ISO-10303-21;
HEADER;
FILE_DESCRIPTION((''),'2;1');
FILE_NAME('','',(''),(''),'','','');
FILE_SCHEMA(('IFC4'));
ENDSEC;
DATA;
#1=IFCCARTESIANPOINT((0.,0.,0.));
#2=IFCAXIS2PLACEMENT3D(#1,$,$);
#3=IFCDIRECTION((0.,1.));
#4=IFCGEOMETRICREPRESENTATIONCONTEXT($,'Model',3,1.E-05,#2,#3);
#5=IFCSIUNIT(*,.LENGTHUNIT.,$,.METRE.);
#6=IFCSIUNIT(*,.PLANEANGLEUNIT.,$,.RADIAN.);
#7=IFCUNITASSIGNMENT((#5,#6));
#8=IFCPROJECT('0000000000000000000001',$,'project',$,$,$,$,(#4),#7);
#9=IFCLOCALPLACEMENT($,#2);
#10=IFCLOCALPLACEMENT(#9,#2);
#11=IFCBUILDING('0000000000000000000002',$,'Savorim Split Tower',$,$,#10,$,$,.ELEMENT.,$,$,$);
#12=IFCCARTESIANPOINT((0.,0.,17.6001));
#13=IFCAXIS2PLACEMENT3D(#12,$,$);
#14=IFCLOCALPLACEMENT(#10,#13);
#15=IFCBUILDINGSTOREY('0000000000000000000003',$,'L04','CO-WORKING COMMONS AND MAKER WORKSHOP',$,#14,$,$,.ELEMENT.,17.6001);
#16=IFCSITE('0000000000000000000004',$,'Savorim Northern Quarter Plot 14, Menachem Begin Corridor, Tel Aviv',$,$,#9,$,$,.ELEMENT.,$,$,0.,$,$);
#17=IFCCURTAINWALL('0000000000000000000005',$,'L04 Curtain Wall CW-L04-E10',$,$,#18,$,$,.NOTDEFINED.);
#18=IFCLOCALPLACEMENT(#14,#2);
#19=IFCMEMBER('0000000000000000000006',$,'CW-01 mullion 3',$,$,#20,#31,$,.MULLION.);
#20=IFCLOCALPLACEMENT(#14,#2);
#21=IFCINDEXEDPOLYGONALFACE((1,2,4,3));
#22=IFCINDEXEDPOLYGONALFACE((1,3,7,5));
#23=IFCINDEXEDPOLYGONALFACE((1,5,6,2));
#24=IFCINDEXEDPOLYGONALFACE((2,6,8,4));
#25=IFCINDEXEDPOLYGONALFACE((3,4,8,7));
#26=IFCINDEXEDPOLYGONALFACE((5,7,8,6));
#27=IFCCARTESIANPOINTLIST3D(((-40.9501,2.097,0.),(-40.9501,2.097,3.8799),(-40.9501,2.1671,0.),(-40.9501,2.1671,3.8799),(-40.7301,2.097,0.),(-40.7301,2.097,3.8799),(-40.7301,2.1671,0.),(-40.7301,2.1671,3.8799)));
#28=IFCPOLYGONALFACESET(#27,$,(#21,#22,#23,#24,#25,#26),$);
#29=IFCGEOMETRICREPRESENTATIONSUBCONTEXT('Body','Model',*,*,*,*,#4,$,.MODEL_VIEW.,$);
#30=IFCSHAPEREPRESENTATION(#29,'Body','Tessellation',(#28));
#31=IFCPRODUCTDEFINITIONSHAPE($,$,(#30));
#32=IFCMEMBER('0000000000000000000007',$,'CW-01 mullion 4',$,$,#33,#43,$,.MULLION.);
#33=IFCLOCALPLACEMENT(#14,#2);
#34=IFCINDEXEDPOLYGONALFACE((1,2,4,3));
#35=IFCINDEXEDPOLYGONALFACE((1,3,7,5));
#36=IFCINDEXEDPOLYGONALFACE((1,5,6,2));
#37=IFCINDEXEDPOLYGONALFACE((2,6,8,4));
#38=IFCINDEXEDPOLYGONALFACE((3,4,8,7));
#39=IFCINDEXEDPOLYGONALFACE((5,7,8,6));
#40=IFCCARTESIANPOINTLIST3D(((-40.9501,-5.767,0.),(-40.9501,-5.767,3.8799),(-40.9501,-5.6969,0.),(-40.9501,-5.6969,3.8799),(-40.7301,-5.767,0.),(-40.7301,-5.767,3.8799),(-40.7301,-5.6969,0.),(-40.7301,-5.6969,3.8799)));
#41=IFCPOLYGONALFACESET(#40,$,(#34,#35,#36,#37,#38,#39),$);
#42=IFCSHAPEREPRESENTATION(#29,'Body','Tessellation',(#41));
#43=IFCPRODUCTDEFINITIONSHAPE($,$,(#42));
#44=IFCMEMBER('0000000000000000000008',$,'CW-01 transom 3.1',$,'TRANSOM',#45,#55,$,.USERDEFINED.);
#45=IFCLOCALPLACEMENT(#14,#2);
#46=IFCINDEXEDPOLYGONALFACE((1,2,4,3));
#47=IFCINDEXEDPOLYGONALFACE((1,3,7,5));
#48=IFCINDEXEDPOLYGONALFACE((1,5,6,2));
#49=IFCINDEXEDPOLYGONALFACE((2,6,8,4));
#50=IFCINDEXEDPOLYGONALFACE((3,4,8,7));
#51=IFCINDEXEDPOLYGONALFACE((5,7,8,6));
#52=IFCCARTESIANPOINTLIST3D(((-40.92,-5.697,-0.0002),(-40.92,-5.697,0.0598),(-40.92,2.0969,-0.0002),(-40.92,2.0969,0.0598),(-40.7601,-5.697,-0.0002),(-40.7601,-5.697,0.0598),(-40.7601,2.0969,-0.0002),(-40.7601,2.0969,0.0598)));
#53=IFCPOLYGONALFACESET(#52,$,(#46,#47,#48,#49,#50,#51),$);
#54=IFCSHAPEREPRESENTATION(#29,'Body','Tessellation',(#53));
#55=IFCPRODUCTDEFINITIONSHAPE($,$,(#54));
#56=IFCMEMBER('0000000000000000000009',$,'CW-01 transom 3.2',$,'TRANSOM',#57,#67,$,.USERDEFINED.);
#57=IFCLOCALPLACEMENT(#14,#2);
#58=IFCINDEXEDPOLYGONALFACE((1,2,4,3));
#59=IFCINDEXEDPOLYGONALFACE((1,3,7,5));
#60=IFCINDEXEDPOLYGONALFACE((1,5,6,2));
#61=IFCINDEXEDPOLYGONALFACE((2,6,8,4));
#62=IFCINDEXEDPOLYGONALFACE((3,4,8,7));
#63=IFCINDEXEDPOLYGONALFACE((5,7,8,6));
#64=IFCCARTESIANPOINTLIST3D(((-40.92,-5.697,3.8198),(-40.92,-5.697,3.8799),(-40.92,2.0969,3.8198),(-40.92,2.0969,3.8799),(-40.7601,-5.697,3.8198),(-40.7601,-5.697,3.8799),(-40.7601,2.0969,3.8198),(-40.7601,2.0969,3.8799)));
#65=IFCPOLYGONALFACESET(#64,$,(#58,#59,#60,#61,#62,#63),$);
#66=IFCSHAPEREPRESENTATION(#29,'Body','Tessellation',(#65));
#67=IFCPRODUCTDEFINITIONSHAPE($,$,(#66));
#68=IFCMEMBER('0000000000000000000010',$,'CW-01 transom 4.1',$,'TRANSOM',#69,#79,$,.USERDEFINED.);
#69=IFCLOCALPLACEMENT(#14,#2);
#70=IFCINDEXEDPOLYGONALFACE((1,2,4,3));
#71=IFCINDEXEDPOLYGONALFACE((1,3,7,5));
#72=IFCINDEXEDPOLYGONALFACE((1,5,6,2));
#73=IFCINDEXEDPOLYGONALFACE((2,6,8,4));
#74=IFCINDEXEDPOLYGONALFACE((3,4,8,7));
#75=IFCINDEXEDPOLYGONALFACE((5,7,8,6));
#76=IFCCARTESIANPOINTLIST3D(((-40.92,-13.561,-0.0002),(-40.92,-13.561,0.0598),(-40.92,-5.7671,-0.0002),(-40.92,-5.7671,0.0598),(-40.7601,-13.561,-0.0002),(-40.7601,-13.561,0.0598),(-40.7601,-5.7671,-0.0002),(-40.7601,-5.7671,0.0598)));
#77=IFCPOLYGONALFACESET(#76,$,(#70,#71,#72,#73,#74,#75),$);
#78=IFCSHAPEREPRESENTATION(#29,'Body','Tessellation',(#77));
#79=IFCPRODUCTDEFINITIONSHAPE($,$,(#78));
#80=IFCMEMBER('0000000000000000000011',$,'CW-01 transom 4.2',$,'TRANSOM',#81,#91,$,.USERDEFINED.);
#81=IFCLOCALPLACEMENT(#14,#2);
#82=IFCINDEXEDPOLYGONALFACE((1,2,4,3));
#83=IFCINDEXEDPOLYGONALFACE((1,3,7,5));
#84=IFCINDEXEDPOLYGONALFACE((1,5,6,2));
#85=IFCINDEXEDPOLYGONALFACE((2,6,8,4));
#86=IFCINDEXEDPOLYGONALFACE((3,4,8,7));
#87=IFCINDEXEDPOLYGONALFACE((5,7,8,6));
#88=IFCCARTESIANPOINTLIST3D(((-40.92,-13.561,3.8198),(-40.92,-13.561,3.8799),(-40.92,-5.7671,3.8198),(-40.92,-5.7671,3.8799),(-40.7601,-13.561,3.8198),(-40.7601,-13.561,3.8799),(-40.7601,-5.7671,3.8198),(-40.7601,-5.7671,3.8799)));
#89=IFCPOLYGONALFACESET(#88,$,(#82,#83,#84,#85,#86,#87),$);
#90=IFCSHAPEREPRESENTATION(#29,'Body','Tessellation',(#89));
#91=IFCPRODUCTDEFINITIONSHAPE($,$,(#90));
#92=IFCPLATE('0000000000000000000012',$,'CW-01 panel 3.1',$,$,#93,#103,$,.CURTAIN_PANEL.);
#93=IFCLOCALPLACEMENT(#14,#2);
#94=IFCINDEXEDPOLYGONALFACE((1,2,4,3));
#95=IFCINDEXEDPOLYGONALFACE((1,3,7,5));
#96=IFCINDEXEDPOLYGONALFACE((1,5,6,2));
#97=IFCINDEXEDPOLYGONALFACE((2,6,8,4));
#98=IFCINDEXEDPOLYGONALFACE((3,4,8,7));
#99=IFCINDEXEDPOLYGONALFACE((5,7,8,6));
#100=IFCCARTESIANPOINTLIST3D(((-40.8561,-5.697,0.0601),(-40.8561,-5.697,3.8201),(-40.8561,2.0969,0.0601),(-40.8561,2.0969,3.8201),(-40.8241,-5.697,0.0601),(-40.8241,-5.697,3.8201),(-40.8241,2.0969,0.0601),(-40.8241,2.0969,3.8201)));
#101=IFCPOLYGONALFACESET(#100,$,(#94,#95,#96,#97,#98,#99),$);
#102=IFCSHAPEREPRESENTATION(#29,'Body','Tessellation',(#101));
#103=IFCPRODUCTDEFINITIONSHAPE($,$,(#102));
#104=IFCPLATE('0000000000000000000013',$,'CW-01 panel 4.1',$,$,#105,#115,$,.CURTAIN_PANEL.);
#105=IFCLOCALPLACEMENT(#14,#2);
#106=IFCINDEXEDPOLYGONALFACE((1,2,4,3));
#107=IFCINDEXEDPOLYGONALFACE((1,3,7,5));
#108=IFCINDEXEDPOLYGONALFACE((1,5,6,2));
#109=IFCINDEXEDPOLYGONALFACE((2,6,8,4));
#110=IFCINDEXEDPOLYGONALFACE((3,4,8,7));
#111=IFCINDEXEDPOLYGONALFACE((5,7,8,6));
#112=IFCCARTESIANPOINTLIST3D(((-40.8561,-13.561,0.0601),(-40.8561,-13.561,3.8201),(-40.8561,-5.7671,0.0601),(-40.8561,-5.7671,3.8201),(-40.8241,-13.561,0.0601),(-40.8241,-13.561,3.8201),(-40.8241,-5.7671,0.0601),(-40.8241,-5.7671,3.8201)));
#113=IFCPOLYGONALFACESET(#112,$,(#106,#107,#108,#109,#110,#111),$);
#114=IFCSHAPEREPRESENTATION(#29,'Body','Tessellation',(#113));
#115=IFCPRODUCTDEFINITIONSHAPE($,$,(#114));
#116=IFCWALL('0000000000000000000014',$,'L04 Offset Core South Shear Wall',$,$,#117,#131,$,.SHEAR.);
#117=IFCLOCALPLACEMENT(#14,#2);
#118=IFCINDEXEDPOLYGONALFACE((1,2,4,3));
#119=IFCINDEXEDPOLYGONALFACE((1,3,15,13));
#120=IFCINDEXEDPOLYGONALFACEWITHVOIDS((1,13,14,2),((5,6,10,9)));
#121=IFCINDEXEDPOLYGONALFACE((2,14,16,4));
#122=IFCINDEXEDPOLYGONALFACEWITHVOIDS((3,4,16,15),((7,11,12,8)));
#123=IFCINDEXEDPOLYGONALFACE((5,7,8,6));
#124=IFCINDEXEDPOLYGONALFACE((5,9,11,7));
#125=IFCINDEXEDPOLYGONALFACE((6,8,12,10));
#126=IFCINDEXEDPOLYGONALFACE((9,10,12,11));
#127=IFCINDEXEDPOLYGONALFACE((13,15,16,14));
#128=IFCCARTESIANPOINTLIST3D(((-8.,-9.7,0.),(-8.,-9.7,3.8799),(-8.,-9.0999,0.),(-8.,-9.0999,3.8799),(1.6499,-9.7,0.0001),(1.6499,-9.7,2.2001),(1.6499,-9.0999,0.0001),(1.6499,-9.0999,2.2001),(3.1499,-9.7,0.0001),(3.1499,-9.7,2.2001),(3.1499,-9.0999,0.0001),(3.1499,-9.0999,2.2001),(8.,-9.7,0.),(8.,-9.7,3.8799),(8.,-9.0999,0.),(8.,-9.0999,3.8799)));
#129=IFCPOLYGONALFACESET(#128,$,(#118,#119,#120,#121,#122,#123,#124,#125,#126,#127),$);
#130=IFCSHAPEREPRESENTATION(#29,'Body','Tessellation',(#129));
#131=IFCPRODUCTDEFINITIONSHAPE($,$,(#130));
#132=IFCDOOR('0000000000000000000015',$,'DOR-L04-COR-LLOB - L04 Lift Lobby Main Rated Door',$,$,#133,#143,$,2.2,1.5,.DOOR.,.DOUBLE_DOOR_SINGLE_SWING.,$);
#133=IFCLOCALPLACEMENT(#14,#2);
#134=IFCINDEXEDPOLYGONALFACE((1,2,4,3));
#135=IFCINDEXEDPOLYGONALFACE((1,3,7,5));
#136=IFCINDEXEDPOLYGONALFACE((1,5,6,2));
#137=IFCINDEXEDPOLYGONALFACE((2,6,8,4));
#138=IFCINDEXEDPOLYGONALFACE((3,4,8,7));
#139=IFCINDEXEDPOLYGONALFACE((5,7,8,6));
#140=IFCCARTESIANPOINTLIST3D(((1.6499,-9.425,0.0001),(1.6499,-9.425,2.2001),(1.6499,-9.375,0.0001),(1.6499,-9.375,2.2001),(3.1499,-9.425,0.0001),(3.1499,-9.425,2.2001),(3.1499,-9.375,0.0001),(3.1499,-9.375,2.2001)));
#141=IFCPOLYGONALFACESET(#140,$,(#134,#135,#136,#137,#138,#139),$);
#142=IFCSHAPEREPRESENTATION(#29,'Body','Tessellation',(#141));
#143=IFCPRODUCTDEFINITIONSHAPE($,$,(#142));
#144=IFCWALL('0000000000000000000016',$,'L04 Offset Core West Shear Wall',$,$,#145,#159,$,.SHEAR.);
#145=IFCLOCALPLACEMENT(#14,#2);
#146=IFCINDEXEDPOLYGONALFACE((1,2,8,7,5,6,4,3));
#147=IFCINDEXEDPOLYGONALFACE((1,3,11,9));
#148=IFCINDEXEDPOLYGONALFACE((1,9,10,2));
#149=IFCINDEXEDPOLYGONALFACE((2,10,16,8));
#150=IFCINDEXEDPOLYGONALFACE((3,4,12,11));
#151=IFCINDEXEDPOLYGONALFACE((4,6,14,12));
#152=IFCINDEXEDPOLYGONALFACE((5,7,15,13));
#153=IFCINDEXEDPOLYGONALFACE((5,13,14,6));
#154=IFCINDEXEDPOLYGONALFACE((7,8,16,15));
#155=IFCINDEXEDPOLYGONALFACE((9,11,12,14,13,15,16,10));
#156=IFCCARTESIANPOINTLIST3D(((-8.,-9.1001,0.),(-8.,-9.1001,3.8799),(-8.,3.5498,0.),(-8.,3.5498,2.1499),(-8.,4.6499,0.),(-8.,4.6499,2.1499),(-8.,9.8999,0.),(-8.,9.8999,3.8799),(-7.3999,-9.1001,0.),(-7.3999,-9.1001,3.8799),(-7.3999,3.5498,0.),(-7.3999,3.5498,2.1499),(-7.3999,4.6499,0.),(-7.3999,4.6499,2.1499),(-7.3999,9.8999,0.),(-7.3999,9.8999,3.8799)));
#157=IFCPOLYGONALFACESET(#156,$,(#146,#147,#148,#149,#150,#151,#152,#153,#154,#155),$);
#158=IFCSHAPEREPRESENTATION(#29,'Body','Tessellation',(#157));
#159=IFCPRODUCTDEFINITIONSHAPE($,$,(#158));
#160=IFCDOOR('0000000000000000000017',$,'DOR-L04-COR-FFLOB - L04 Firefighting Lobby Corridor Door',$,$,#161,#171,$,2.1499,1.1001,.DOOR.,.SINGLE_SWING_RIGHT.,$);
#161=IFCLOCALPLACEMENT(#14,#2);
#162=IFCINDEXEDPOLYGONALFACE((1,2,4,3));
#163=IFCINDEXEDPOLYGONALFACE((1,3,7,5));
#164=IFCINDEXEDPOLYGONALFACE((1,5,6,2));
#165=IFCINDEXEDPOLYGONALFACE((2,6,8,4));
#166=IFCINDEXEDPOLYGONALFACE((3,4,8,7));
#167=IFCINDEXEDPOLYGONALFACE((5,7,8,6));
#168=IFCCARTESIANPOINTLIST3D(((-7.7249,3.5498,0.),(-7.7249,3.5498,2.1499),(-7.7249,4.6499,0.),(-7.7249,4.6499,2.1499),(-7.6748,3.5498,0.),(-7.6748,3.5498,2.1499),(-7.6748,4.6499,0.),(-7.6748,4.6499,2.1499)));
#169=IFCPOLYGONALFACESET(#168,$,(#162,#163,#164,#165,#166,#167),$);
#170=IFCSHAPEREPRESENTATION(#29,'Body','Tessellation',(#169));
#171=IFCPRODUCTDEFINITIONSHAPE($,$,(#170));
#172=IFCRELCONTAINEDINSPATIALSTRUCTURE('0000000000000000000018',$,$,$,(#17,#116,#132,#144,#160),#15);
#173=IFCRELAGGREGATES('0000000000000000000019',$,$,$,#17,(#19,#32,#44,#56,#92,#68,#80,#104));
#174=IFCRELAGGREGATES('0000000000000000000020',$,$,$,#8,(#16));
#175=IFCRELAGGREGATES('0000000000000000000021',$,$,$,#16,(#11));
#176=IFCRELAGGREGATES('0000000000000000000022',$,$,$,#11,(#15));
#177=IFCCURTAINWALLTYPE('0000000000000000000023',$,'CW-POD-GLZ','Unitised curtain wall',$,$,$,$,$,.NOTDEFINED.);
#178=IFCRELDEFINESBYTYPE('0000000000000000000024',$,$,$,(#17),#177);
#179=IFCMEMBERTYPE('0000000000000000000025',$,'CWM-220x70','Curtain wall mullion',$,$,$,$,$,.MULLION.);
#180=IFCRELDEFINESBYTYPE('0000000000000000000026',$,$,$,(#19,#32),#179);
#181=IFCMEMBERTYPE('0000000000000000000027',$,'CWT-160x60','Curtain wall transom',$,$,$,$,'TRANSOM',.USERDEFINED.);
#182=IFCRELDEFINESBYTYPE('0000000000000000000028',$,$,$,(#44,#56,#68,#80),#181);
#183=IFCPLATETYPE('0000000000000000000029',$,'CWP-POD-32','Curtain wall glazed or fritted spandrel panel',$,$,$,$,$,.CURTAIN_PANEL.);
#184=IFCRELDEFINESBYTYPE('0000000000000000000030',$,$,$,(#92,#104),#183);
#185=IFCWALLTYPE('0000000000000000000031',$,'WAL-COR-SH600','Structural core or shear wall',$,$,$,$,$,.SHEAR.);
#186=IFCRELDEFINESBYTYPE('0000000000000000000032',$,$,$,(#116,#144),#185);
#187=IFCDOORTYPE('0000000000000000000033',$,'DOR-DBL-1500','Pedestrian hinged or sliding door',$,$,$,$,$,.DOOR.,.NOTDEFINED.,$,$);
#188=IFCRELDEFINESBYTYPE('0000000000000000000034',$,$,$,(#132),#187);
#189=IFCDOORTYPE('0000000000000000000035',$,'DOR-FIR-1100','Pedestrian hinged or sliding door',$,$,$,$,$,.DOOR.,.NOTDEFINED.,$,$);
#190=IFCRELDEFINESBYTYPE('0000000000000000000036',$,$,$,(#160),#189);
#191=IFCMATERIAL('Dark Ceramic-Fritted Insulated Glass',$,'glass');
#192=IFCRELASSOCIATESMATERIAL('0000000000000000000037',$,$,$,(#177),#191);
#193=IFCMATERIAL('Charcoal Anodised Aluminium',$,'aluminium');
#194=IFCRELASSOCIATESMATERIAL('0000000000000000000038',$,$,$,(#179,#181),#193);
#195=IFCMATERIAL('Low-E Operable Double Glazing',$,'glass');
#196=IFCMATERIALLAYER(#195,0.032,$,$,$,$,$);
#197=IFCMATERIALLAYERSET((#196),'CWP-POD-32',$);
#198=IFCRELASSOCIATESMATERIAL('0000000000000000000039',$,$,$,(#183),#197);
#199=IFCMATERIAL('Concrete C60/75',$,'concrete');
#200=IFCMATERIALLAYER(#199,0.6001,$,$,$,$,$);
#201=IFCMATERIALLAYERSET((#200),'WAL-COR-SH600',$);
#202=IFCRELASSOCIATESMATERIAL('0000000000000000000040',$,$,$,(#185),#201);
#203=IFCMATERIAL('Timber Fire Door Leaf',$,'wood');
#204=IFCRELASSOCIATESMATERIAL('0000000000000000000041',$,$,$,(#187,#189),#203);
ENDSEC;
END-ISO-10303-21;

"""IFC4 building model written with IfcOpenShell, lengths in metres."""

from ifc_helpers import new_model, si_unit, direction, frame, frame_2d, origin, origin_2d, place, context, subcontext, project, spatial, rectangle, extrude, material, layer, layer_set, material_profile, profile_set, type_object, element, fill, aggregate, save


model = new_model("IFC4")

# Units and contexts
model_context = context("Model", 3, precision=1e-05, world=origin(), true_north=direction((0.0, 1.0)))
body_context = subcontext(model_context, "Body", "Model", "MODEL_VIEW")
ifc_project = project(units=[si_unit("LENGTHUNIT", "METRE"), si_unit("PLANEANGLEUNIT", "RADIAN")], contexts=[model_context])

# Site, building, storey
site_placement = place(None, origin())
site = spatial("IfcSite", under=ifc_project, at=site_placement, Name="Savorim Northern Quarter Plot 14, Menachem Begin Corridor, Tel Aviv", CompositionType="ELEMENT", RefElevation=0.0)
building_placement = place(site_placement, origin())
building = spatial("IfcBuilding", under=site, at=building_placement, Name="Savorim Split Tower", CompositionType="ELEMENT")
storey_placement = place(building_placement, frame((0.0, 0.0, 17.6001)))
storey = spatial("IfcBuildingStorey", under=building, at=storey_placement, Name="L04", Description="CO-WORKING COMMONS AND MAKER WORKSHOP", CompositionType="ELEMENT", Elevation=17.6001)

# Shared definitions
ifc_material_1 = material(Name="Concrete C60/75", Category="concrete")

# Curtain wall, members, plates
ifc_material_2 = material(Name="Dark Ceramic-Fritted Insulated Glass", Category="glass")
curtain_wall_type = type_object("IfcCurtainWallType", Name="CW-POD-GLZ", Description="Unitised curtain wall", PredefinedType="NOTDEFINED", material=ifc_material_2)
curtain_wall_placement = place(storey_placement, origin())
curtain_wall = element("IfcCurtainWall", 1, at=curtain_wall_placement, inside=storey, type_object=curtain_wall_type, Name="L04 Curtain Wall CW-L04-E10", PredefinedType="NOTDEFINED")
ifc_material_3 = material(Name="Charcoal Anodised Aluminium", Category="aluminium")
ifc_material_profile_1 = material_profile(ifc_material_3, rectangle(XDim=0.22, YDim=0.0701, at=origin_2d()), Name="ALU-M 220x70")
ifc_profile_set_1 = profile_set([ifc_material_profile_1], Name="Charcoal Anodised Aluminium")
member_type_1 = type_object("IfcMemberType", Name="CWM-220x70", Description="Curtain wall mullion", PredefinedType="MULLION", material=ifc_profile_set_1)
member_1_placement = place(storey_placement, frame((-40.8401, 2.1321, 0.0), z_axis=(0.0, 0.0, 1.0), x_axis=(1.0, 0.0, 0.0)))
member_1 = element("IfcMember", 2, at=member_1_placement, type_object=member_type_1, Name="CW-01 mullion 3", PredefinedType="MULLION", context=body_context, shape_type="SweptSolid", body=[
    extrude(rectangle(XDim=0.22, YDim=0.0701, at=origin_2d()), origin(), (0.0, 0.0, 1.0), 3.8799),
])
member_2_placement = place(storey_placement, frame((-40.8401, -5.7319, 0.0), z_axis=(0.0, 0.0, 1.0), x_axis=(1.0, 0.0, 0.0)))
member_2 = element("IfcMember", 3, at=member_2_placement, type_object=member_type_1, Name="CW-01 mullion 4", PredefinedType="MULLION", context=body_context, shape_type="SweptSolid", body=[
    extrude(rectangle(XDim=0.22, YDim=0.0701, at=origin_2d()), origin(), (0.0, 0.0, 1.0), 3.8799),
])
ifc_material_profile_2 = material_profile(ifc_material_3, rectangle(XDim=0.1599, YDim=0.0601, at=origin_2d()), Name="ALU-T 160x60")
ifc_profile_set_2 = profile_set([ifc_material_profile_2], Name="Charcoal Anodised Aluminium")
member_type_2 = type_object("IfcMemberType", Name="CWT-160x60", Description="Curtain wall transom", ElementType="TRANSOM", PredefinedType="USERDEFINED", material=ifc_profile_set_2)
member_3_placement = place(storey_placement, frame((-40.8401, 2.0969, 0.0298), z_axis=(0.0, -1.0, 0.0), x_axis=(1.0, 0.0, 0.0)))
member_3 = element("IfcMember", 4, at=member_3_placement, type_object=member_type_2, Name="CW-01 transom 3.1", ObjectType="TRANSOM", PredefinedType="USERDEFINED", context=body_context, shape_type="SweptSolid", body=[
    extrude(rectangle(XDim=0.1599, YDim=0.0601, at=origin_2d()), origin(), (0.0, 0.0, 1.0), 7.7939),
])
member_4_placement = place(storey_placement, frame((-40.8401, 2.0969, 3.8499), z_axis=(0.0, -1.0, 0.0), x_axis=(1.0, 0.0, 0.0)))
member_4 = element("IfcMember", 5, at=member_4_placement, type_object=member_type_2, Name="CW-01 transom 3.2", ObjectType="TRANSOM", PredefinedType="USERDEFINED", context=body_context, shape_type="SweptSolid", body=[
    extrude(rectangle(XDim=0.1599, YDim=0.0601, at=origin_2d()), origin(), (0.0, 0.0, 1.0), 7.7939),
])
member_5_placement = place(storey_placement, frame((-40.8401, -5.7671, 0.0298), z_axis=(0.0, -1.0, 0.0), x_axis=(1.0, 0.0, 0.0)))
member_5 = element("IfcMember", 6, at=member_5_placement, type_object=member_type_2, Name="CW-01 transom 4.1", ObjectType="TRANSOM", PredefinedType="USERDEFINED", context=body_context, shape_type="SweptSolid", body=[
    extrude(rectangle(XDim=0.1599, YDim=0.0601, at=origin_2d()), origin(), (0.0, 0.0, 1.0), 7.7939),
])
member_6_placement = place(storey_placement, frame((-40.8401, -5.7671, 3.8499), z_axis=(0.0, -1.0, 0.0), x_axis=(1.0, 0.0, 0.0)))
member_6 = element("IfcMember", 7, at=member_6_placement, type_object=member_type_2, Name="CW-01 transom 4.2", ObjectType="TRANSOM", PredefinedType="USERDEFINED", context=body_context, shape_type="SweptSolid", body=[
    extrude(rectangle(XDim=0.1599, YDim=0.0601, at=origin_2d()), origin(), (0.0, 0.0, 1.0), 7.7939),
])
ifc_material_4 = material(Name="Low-E Operable Double Glazing", Category="glass")
ifc_layer_1 = layer(ifc_material_4, 0.032)
ifc_layer_set_1 = layer_set([ifc_layer_1], Name="CWP-POD-32")
plate_type = type_object("IfcPlateType", Name="CWP-POD-32", Description="Curtain wall glazed or fritted spandrel panel", PredefinedType="CURTAIN_PANEL", material=ifc_layer_set_1)
plate_1_placement = place(storey_placement, frame((-40.8401, -1.8, 0.0601), z_axis=(0.0, 0.0, 1.0), x_axis=(0.0, -1.0, 0.0)))
plate_1 = element("IfcPlate", 8, at=plate_1_placement, type_object=plate_type, Name="CW-01 panel 3.1", PredefinedType="CURTAIN_PANEL", context=body_context, shape_type="SweptSolid", body=[
    extrude(rectangle(XDim=7.7939, YDim=0.032, at=origin_2d()), origin(), (0.0, 0.0, 1.0), 3.76),
])
plate_2_placement = place(storey_placement, frame((-40.8401, -9.6641, 0.0601), z_axis=(0.0, 0.0, 1.0), x_axis=(0.0, -1.0, 0.0)))
plate_2 = element("IfcPlate", 9, at=plate_2_placement, type_object=plate_type, Name="CW-01 panel 4.1", PredefinedType="CURTAIN_PANEL", context=body_context, shape_type="SweptSolid", body=[
    extrude(rectangle(XDim=7.7939, YDim=0.032, at=origin_2d()), origin(), (0.0, 0.0, 1.0), 3.76),
])
aggregate(curtain_wall, [member_1, member_2, member_3, member_4, plate_1, member_5, member_6, plate_2])

# Walls, openings, doors
ifc_layer_2 = layer(ifc_material_1, 0.6001)
ifc_layer_set_2 = layer_set([ifc_layer_2], Name="WAL-COR-SH600")
wall_type_1 = type_object("IfcWallType", Name="WAL-COR-SH600", Description="Structural core or shear wall", PredefinedType="SHEAR", material=ifc_layer_set_2)
wall_1_placement = place(storey_placement, frame((-8.0, -9.3999, 0.0), z_axis=(0.0, 0.0, 1.0), x_axis=(1.0, 0.0, 0.0)))
wall_1 = element("IfcWall", 10, at=wall_1_placement, inside=storey, type_object=wall_type_1, Name="L04 Offset Core South Shear Wall", PredefinedType="SHEAR", context=body_context, shape_type="SweptSolid", body=[
    extrude(rectangle(XDim=16.0, YDim=0.6001, at=frame_2d((8.0, 0.0))), origin(), (0.0, 0.0, 1.0), 3.8799),
])
opening_1_placement = place(wall_1_placement, frame((9.6499, 0.0, 0.0)))
opening_1 = element("IfcOpeningElement", 11, at=opening_1_placement, cuts=wall_1, PredefinedType="OPENING", context=body_context, shape_type="SweptSolid", body=[
    extrude(rectangle(XDim=1.5, YDim=2.2, at=frame_2d((0.75, 1.1001))), frame((0.0, 0.3101, 0.0), z_axis=(0.0, -1.0, 0.0), x_axis=(1.0, 0.0, 0.0)), (0.0, 0.0, 1.0), 0.6201),
])
ifc_material_5 = material(Name="Timber Fire Door Leaf", Category="wood")
door_type_1 = type_object("IfcDoorType", Name="DOR-DBL-1500", Description="Pedestrian hinged or sliding door", OperationType="NOTDEFINED", PredefinedType="DOOR", material=ifc_material_5)
door_1_placement = place(opening_1_placement, origin())
door_1 = element("IfcDoor", 12, at=door_1_placement, inside=storey, type_object=door_type_1, Name="DOR-L04-COR-LLOB - L04 Lift Lobby Main Rated Door", OperationType="DOUBLE_DOOR_SINGLE_SWING", OverallHeight=2.2, OverallWidth=1.5, PredefinedType="DOOR", context=body_context, shape_type="SweptSolid", body=[
    extrude(rectangle(XDim=1.5, YDim=2.2, at=frame_2d((0.75, 1.1001))), frame((0.0, 0.0249, 0.0), z_axis=(0.0, -1.0, 0.0), x_axis=(1.0, 0.0, 0.0)), (0.0, 0.0, 1.0), 0.05),
])
fill(opening_1, door_1)
wall_2_placement = place(storey_placement, frame((-7.7, -9.1001, 0.0), z_axis=(0.0, 0.0, 1.0), x_axis=(0.0, 1.0, 0.0)))
wall_2 = element("IfcWall", 13, at=wall_2_placement, inside=storey, type_object=wall_type_1, Name="L04 Offset Core West Shear Wall", PredefinedType="SHEAR", context=body_context, shape_type="SweptSolid", body=[
    extrude(rectangle(XDim=19.0, YDim=0.6001, at=frame_2d((9.5, 0.0))), origin(), (0.0, 0.0, 1.0), 3.8799),
])
opening_2_placement = place(wall_2_placement, frame((12.6499, 0.0, 0.0)))
opening_2 = element("IfcOpeningElement", 14, at=opening_2_placement, cuts=wall_2, PredefinedType="OPENING", context=body_context, shape_type="SweptSolid", body=[
    extrude(rectangle(XDim=1.1001, YDim=2.1499, at=frame_2d((0.55, 1.075))), frame((0.0, 0.3101, 0.0), z_axis=(0.0, -1.0, 0.0), x_axis=(1.0, 0.0, 0.0)), (0.0, 0.0, 1.0), 0.6201),
])
door_type_2 = type_object("IfcDoorType", Name="DOR-FIR-1100", Description="Pedestrian hinged or sliding door", OperationType="NOTDEFINED", PredefinedType="DOOR", material=ifc_material_5)
door_2_placement = place(opening_2_placement, origin())
door_2 = element("IfcDoor", 15, at=door_2_placement, inside=storey, type_object=door_type_2, Name="DOR-L04-COR-FFLOB - L04 Firefighting Lobby Corridor Door", OperationType="SINGLE_SWING_RIGHT", OverallHeight=2.1499, OverallWidth=1.1001, PredefinedType="DOOR", context=body_context, shape_type="SweptSolid", body=[
    extrude(rectangle(XDim=1.1001, YDim=2.1499, at=frame_2d((0.55, 1.075))), frame((0.0, 0.0249, 0.0), z_axis=(0.0, -1.0, 0.0), x_axis=(1.0, 0.0, 0.0)), (0.0, 0.0, 1.0), 0.05),
])
fill(opening_2, door_2)

save(model, "model.ifc")
